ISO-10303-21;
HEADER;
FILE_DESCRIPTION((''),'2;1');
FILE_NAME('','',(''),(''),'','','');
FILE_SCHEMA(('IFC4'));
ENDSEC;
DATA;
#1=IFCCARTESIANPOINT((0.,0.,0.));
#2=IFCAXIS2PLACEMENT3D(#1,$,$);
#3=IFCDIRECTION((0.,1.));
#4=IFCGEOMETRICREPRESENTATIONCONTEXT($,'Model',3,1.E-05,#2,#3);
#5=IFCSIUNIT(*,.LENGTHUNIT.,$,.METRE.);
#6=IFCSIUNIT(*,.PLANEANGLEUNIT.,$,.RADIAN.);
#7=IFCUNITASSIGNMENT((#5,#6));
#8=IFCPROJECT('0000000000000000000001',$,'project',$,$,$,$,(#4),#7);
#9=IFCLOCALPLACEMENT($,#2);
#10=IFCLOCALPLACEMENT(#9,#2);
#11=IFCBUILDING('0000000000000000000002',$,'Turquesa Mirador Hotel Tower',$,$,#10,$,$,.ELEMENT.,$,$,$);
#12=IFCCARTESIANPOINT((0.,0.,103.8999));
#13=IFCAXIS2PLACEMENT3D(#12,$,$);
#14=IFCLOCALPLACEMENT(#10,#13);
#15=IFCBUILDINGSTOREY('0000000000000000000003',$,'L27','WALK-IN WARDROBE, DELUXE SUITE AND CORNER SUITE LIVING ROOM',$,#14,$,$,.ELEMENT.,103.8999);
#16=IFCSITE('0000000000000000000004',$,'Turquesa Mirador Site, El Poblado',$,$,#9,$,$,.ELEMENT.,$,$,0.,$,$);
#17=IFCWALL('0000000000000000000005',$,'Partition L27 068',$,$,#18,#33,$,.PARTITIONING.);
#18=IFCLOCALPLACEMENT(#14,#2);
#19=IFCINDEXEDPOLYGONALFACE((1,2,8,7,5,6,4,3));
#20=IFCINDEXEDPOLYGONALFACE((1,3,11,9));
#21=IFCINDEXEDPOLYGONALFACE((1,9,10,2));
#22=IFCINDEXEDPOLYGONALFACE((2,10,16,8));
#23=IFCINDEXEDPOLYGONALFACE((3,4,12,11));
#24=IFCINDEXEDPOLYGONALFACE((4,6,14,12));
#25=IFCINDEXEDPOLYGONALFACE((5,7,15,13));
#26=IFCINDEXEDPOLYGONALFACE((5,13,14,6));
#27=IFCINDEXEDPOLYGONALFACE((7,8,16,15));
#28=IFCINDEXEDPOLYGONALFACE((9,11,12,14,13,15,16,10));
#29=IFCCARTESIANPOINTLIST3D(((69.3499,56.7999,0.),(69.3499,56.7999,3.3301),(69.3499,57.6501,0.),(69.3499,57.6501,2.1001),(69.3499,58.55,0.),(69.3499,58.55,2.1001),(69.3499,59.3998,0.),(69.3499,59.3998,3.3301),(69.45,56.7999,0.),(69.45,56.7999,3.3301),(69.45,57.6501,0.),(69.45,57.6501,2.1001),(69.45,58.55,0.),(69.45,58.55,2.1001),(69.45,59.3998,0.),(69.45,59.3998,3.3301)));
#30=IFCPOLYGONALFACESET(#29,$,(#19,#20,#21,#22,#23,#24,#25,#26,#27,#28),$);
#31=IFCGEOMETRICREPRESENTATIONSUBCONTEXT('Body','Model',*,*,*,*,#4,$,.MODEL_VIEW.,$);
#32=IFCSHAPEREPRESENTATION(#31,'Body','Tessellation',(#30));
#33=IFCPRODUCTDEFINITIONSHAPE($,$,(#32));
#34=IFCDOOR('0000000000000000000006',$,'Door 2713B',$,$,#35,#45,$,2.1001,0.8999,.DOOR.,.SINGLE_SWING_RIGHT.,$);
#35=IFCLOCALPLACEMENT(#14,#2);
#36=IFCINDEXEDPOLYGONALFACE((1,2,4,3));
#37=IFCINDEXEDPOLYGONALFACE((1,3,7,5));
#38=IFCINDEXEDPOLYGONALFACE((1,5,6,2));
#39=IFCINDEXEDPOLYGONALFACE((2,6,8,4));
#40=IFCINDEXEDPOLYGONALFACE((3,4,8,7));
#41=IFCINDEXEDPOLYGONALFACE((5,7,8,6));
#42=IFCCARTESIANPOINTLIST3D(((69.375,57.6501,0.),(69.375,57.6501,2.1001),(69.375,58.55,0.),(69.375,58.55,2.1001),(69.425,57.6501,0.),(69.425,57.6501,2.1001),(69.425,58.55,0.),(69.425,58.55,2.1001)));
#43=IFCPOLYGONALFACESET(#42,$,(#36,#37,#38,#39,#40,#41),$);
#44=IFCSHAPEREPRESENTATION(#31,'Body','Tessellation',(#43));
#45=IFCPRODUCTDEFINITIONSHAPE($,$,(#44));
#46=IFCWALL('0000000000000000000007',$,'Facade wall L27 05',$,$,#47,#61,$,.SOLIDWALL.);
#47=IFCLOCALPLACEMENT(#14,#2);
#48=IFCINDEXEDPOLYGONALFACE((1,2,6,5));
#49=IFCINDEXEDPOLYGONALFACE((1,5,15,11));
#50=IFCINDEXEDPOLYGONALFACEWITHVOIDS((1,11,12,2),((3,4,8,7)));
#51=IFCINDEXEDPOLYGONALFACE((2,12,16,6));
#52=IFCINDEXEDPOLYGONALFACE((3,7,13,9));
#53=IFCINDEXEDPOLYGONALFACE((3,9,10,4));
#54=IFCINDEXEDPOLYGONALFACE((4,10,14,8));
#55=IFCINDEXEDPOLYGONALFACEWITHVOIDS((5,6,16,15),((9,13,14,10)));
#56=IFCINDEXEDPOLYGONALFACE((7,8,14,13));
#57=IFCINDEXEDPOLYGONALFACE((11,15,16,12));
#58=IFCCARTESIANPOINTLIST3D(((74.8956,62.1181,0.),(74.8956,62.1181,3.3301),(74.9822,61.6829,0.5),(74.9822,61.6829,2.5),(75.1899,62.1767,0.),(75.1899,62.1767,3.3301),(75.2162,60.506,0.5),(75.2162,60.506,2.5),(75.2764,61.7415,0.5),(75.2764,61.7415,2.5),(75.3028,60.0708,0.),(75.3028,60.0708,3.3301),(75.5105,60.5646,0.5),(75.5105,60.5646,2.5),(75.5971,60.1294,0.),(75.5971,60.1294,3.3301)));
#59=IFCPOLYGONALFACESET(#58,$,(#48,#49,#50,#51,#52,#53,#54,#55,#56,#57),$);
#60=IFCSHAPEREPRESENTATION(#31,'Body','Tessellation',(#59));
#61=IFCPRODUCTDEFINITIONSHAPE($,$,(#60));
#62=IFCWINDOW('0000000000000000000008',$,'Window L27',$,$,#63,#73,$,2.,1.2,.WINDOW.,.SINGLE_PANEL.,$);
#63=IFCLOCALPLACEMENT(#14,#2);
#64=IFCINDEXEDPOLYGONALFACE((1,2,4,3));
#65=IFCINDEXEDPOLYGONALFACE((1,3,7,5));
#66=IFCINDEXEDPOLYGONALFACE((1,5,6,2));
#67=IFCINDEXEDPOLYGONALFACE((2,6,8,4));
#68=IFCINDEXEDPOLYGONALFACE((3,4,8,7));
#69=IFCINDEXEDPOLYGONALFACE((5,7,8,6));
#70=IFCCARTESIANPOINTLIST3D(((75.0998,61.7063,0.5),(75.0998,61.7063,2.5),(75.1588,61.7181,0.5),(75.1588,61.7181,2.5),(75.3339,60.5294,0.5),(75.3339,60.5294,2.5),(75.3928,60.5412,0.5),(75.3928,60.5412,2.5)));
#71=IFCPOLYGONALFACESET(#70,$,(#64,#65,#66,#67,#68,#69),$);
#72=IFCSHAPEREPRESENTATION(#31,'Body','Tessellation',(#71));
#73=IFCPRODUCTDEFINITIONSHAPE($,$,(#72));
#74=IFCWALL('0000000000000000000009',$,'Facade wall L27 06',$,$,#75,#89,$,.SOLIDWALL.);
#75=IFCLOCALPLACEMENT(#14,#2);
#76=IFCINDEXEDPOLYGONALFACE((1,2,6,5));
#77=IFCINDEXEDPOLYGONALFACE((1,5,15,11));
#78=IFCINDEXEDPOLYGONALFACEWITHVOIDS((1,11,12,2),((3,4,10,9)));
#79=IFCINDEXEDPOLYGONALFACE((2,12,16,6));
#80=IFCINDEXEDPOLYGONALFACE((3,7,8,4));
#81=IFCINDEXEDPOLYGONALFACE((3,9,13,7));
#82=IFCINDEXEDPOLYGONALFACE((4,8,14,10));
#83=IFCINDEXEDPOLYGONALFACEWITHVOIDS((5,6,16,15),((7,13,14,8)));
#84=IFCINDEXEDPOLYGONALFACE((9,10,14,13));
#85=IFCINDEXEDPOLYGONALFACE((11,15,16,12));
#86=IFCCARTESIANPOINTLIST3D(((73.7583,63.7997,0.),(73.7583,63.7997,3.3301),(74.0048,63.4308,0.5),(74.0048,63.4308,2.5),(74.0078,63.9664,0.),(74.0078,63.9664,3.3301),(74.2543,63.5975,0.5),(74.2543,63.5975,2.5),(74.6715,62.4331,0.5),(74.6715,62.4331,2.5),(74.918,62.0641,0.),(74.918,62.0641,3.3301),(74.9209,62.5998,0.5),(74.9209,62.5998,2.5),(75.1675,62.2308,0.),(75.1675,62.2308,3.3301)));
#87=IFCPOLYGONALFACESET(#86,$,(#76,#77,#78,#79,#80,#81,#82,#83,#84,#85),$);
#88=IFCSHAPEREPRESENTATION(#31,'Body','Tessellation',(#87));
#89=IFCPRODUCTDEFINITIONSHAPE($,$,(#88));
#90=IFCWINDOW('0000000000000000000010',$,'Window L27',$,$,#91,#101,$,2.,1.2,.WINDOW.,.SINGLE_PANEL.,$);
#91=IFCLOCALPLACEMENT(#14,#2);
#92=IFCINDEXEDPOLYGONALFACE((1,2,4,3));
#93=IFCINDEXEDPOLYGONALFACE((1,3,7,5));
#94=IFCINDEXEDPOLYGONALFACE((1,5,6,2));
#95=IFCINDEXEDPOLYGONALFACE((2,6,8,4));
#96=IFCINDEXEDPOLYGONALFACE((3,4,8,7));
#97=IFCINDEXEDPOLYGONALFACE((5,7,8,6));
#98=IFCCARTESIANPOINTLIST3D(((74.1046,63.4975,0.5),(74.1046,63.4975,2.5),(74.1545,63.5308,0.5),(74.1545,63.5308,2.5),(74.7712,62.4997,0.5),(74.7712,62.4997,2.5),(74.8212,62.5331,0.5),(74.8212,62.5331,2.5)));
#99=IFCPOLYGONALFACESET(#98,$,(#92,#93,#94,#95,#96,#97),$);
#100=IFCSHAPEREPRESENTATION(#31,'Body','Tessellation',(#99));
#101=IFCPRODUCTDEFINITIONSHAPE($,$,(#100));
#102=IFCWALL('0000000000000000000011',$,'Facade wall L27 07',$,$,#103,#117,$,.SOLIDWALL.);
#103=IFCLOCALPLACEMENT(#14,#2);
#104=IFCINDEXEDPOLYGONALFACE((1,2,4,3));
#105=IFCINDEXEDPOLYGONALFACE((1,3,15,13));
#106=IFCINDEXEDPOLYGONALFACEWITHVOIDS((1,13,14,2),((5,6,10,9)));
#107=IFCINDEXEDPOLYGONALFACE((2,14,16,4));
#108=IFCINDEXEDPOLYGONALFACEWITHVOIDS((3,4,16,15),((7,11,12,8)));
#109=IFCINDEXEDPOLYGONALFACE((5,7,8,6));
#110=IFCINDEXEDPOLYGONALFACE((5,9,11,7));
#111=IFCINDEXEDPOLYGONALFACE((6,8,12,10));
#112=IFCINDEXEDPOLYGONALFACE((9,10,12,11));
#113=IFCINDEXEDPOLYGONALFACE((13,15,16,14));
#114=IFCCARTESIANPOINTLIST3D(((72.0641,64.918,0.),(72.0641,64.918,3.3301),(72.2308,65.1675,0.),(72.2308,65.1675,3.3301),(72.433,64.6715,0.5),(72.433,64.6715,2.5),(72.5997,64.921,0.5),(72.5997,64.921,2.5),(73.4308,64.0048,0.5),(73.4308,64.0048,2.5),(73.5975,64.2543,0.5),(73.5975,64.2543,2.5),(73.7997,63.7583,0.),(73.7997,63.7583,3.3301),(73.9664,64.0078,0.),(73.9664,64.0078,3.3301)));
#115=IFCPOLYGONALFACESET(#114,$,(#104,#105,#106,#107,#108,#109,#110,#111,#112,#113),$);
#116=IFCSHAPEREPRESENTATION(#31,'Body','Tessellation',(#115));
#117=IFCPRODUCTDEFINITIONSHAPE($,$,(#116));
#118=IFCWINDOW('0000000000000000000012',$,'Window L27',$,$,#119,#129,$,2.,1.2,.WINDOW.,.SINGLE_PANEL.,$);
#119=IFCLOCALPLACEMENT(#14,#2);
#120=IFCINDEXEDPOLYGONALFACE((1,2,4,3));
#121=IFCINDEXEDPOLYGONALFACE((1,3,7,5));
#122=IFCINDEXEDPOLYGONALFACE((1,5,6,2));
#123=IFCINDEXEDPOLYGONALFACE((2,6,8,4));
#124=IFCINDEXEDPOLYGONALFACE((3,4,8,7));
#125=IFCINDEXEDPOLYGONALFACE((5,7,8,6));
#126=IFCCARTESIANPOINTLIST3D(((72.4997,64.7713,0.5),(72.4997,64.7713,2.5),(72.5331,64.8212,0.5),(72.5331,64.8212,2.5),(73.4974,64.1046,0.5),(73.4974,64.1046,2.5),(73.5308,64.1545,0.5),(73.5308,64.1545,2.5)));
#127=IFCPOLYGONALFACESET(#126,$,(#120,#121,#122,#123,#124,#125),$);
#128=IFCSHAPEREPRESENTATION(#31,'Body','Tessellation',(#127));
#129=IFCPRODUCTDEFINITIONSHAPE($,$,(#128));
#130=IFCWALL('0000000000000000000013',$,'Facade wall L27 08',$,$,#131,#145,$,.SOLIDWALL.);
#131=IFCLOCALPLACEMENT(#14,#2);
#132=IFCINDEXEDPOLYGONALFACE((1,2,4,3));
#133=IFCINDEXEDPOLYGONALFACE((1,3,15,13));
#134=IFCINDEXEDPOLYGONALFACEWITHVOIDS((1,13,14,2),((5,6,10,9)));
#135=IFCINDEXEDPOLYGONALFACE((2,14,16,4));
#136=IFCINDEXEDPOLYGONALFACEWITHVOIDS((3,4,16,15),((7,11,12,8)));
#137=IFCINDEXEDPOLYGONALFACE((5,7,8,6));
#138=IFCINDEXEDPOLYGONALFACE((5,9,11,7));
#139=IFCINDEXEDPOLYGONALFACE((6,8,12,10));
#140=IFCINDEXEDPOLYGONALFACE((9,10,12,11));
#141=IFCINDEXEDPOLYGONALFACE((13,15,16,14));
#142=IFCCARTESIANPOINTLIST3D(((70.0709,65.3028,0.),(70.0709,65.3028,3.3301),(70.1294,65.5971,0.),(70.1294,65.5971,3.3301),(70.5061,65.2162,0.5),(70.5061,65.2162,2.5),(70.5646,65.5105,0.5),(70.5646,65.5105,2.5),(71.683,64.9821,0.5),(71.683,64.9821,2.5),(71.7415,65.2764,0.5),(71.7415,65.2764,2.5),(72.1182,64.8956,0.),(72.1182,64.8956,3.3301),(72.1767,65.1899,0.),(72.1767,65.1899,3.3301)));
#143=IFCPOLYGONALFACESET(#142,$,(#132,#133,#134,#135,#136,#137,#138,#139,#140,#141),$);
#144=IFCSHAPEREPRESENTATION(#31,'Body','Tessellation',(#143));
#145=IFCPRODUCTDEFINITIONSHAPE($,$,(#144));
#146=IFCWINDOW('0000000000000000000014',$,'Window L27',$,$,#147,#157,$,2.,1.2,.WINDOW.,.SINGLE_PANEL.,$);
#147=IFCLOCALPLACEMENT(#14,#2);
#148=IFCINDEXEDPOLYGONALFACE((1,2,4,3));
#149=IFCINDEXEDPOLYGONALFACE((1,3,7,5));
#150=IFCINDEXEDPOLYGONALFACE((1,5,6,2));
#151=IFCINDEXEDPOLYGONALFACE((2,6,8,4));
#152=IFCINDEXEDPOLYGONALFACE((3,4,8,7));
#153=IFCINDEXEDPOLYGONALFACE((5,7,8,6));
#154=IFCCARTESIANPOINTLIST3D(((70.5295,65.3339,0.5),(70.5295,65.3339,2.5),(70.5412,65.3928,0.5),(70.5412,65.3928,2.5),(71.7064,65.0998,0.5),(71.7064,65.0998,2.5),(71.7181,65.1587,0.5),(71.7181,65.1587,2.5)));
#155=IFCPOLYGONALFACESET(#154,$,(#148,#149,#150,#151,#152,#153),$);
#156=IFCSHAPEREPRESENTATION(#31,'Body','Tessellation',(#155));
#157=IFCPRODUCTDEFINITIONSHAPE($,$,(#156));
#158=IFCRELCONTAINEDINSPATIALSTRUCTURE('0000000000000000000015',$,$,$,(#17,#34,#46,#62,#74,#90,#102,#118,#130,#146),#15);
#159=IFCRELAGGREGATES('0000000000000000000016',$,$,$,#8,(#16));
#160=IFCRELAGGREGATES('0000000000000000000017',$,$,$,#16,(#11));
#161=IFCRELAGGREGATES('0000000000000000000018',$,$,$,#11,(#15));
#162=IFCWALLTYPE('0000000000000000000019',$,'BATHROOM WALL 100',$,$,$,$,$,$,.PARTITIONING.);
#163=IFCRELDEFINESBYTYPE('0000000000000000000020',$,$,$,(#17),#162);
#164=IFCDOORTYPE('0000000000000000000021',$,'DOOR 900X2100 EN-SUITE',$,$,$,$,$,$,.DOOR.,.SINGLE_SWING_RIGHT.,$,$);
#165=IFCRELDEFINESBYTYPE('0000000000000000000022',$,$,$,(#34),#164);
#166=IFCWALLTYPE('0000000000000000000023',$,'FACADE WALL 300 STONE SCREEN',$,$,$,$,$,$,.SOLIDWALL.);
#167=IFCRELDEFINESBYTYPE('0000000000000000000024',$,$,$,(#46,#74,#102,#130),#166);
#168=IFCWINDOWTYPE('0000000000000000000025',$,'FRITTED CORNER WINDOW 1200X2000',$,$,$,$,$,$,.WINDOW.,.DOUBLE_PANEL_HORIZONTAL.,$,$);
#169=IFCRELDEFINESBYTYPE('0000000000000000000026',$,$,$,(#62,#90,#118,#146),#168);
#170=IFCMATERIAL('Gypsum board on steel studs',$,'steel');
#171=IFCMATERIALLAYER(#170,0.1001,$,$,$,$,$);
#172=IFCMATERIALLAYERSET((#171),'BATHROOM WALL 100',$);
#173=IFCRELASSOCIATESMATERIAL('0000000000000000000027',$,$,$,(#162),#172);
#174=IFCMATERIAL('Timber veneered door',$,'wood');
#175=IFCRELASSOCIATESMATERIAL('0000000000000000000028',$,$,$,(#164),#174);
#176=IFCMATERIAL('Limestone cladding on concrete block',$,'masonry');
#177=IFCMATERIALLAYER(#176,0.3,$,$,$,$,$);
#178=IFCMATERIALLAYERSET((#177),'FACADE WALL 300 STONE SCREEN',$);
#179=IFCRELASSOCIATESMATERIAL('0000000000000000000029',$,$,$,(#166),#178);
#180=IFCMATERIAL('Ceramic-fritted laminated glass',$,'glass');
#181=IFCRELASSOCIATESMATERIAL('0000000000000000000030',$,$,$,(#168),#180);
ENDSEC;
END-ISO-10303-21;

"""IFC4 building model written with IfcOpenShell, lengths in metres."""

from ifc_helpers import new_model, si_unit, direction, frame, frame_2d, origin, place, context, subcontext, project, spatial, rectangle, extrude, material, layer, layer_set, type_object, element, fill, save


model = new_model("IFC4")

# Units and contexts
model_context = context("Model", 3, precision=1e-05, world=origin(), true_north=direction((0.0, 1.0)))
body_context = subcontext(model_context, "Body", "Model", "MODEL_VIEW")
ifc_project = project(units=[si_unit("LENGTHUNIT", "METRE"), si_unit("PLANEANGLEUNIT", "RADIAN")], contexts=[model_context])

# Site, building, storey
site_placement = place(None, origin())
site = spatial("IfcSite", under=ifc_project, at=site_placement, Name="Turquesa Mirador Site, El Poblado", CompositionType="ELEMENT", RefElevation=0.0)
building_placement = place(site_placement, origin())
building = spatial("IfcBuilding", under=site, at=building_placement, Name="Turquesa Mirador Hotel Tower", CompositionType="ELEMENT")
storey_placement = place(building_placement, frame((0.0, 0.0, 103.8999)))
storey = spatial("IfcBuildingStorey", under=building, at=storey_placement, Name="L27", Description="WALK-IN WARDROBE, DELUXE SUITE AND CORNER SUITE LIVING ROOM", CompositionType="ELEMENT", Elevation=103.8999)

# Shared definitions
ifc_material_1 = material(Name="Gypsum board on steel studs", Category="steel")
ifc_layer_1 = layer(ifc_material_1, 0.1001)
ifc_layer_set_1 = layer_set([ifc_layer_1], Name="BATHROOM WALL 100")
wall_type_1 = type_object("IfcWallType", Name="BATHROOM WALL 100", PredefinedType="PARTITIONING", material=ifc_layer_set_1)

# Wall, opening, door
wall_1_placement = place(storey_placement, frame((69.3999, 56.8, 0.0), z_axis=(0.0, 0.0, 1.0), x_axis=(0.0, 1.0, 0.0)))
wall_1 = element("IfcWall", 1, at=wall_1_placement, inside=storey, type_object=wall_type_1, Name="Partition L27 068", PredefinedType="PARTITIONING", context=body_context, shape_type="SweptSolid", body=[
    extrude(rectangle(XDim=2.5999, YDim=0.1001, at=frame_2d((1.2998, 0.0))), origin(), (0.0, 0.0, 1.0), 3.3301),
])
opening_1_placement = place(wall_1_placement, frame((0.8501, 0.0, 0.0)))
opening_1 = element("IfcOpeningElement", 2, at=opening_1_placement, cuts=wall_1, PredefinedType="OPENING", context=body_context, shape_type="SweptSolid", body=[
    extrude(rectangle(XDim=0.8999, YDim=2.1001, at=frame_2d((0.45, 1.05))), frame((0.0, 0.0601, 0.0), z_axis=(0.0, -1.0, 0.0), x_axis=(1.0, 0.0, 0.0)), (0.0, 0.0, 1.0), 0.1201),
])
ifc_material_2 = material(Name="Timber veneered door", Category="wood")
door_type = type_object("IfcDoorType", Name="DOOR 900X2100 EN-SUITE", OperationType="SINGLE_SWING_RIGHT", PredefinedType="DOOR", material=ifc_material_2)
door_placement = place(opening_1_placement, origin())
door = element("IfcDoor", 3, at=door_placement, inside=storey, type_object=door_type, Name="Door 2713B", OperationType="SINGLE_SWING_RIGHT", OverallHeight=2.1001, OverallWidth=0.8999, PredefinedType="DOOR", context=body_context, shape_type="SweptSolid", body=[
    extrude(rectangle(XDim=0.8999, YDim=2.1001, at=frame_2d((0.45, 1.05))), frame((0.0, 0.0249, 0.0), z_axis=(0.0, -1.0, 0.0), x_axis=(1.0, 0.0, 0.0)), (0.0, 0.0, 1.0), 0.05),
])
fill(opening_1, door)

# Walls, openings, windows
ifc_material_3 = material(Name="Limestone cladding on concrete block", Category="masonry")
ifc_layer_2 = layer(ifc_material_3, 0.3)
ifc_layer_set_2 = layer_set([ifc_layer_2], Name="FACADE WALL 300 STONE SCREEN")
wall_type_2 = type_object("IfcWallType", Name="FACADE WALL 300 STONE SCREEN", PredefinedType="SOLIDWALL", material=ifc_layer_set_2)
wall_2_placement = place(storey_placement, frame((75.45, 60.1001, 0.0), z_axis=(0.0, 0.0, 1.0), x_axis=(-0.195081, 0.980787, 0.0)))
wall_2 = element("IfcWall", 4, at=wall_2_placement, inside=storey, type_object=wall_type_2, Name="Facade wall L27 05", PredefinedType="SOLIDWALL", context=body_context, shape_type="SweptSolid", body=[
    extrude(rectangle(XDim=2.0874, YDim=0.3, at=frame_2d((1.0437, 0.0))), origin(), (0.0, 0.0, 1.0), 3.3301),
])
opening_2_placement = place(wall_2_placement, frame((0.4436, 0.0, 0.5)))
opening_2 = element("IfcOpeningElement", 5, at=opening_2_placement, cuts=wall_2, PredefinedType="OPENING", context=body_context, shape_type="SweptSolid", body=[
    extrude(rectangle(XDim=1.2, YDim=2.0, at=frame_2d((0.6001, 1.0))), frame((0.0, 0.1599, 0.0), z_axis=(0.0, -1.0, 0.0), x_axis=(1.0, 0.0, 0.0)), (0.0, 0.0, 1.0), 0.3201),
])
ifc_material_4 = material(Name="Ceramic-fritted laminated glass", Category="glass")
window_type_1 = type_object("IfcWindowType", Name="FRITTED CORNER WINDOW 1200X2000", PartitioningType="DOUBLE_PANEL_HORIZONTAL", PredefinedType="WINDOW", material=ifc_material_4)
window_1_placement = place(opening_2_placement, origin())
window_1 = element("IfcWindow", 6, at=window_1_placement, inside=storey, type_object=window_type_1, Name="Window L27", OverallHeight=2.0, OverallWidth=1.2, PartitioningType="SINGLE_PANEL", PredefinedType="WINDOW", context=body_context, shape_type="SweptSolid", body=[
    extrude(rectangle(XDim=1.2, YDim=2.0, at=frame_2d((0.6001, 1.0))), frame((0.0, 0.03, 0.0), z_axis=(0.0, -1.0, 0.0), x_axis=(1.0, 0.0, 0.0)), (0.0, 0.0, 1.0), 0.0601),
])
fill(opening_2, window_1)
wall_3_placement = place(storey_placement, frame((75.0427, 62.1475, 0.0), z_axis=(0.0, 0.0, 1.0), x_axis=(-0.555564, 0.831474, 0.0)))
wall_3 = element("IfcWall", 7, at=wall_3_placement, inside=storey, type_object=wall_type_2, Name="Facade wall L27 06", PredefinedType="SOLIDWALL", context=body_context, shape_type="SweptSolid", body=[
    extrude(rectangle(XDim=2.0874, YDim=0.3, at=frame_2d((1.0437, 0.0))), origin(), (0.0, 0.0, 1.0), 3.3301),
])
opening_3_placement = place(wall_3_placement, frame((0.4436, 0.0, 0.5)))
opening_3 = element("IfcOpeningElement", 8, at=opening_3_placement, cuts=wall_3, PredefinedType="OPENING", context=body_context, shape_type="SweptSolid", body=[
    extrude(rectangle(XDim=1.2, YDim=2.0, at=frame_2d((0.6001, 1.0))), frame((0.0, 0.1599, 0.0), z_axis=(0.0, -1.0, 0.0), x_axis=(1.0, 0.0, 0.0)), (0.0, 0.0, 1.0), 0.3201),
])
window_2_placement = place(opening_3_placement, origin())
window_2 = element("IfcWindow", 9, at=window_2_placement, inside=storey, type_object=window_type_1, Name="Window L27", OverallHeight=2.0, OverallWidth=1.2, PartitioningType="SINGLE_PANEL", PredefinedType="WINDOW", context=body_context, shape_type="SweptSolid", body=[
    extrude(rectangle(XDim=1.2, YDim=2.0, at=frame_2d((0.6001, 1.0))), frame((0.0, 0.03, 0.0), z_axis=(0.0, -1.0, 0.0), x_axis=(1.0, 0.0, 0.0)), (0.0, 0.0, 1.0), 0.0601),
])
fill(opening_3, window_2)
wall_4_placement = place(storey_placement, frame((73.8831, 63.8831, 0.0), z_axis=(0.0, 0.0, 1.0), x_axis=(-0.831474, 0.555564, 0.0)))
wall_4 = element("IfcWall", 10, at=wall_4_placement, inside=storey, type_object=wall_type_2, Name="Facade wall L27 07", PredefinedType="SOLIDWALL", context=body_context, shape_type="SweptSolid", body=[
    extrude(rectangle(XDim=2.0874, YDim=0.3, at=frame_2d((1.0437, 0.0))), origin(), (0.0, 0.0, 1.0), 3.3301),
])
opening_4_placement = place(wall_4_placement, frame((0.4436, 0.0, 0.5)))
opening_4 = element("IfcOpeningElement", 11, at=opening_4_placement, cuts=wall_4, PredefinedType="OPENING", context=body_context, shape_type="SweptSolid", body=[
    extrude(rectangle(XDim=1.2, YDim=2.0, at=frame_2d((0.6001, 1.0))), frame((0.0, 0.1599, 0.0), z_axis=(0.0, -1.0, 0.0), x_axis=(1.0, 0.0, 0.0)), (0.0, 0.0, 1.0), 0.3201),
])
window_3_placement = place(opening_4_placement, origin())
window_3 = element("IfcWindow", 12, at=window_3_placement, inside=storey, type_object=window_type_1, Name="Window L27", OverallHeight=2.0, OverallWidth=1.2, PartitioningType="SINGLE_PANEL", PredefinedType="WINDOW", context=body_context, shape_type="SweptSolid", body=[
    extrude(rectangle(XDim=1.2, YDim=2.0, at=frame_2d((0.6001, 1.0))), frame((0.0, 0.03, 0.0), z_axis=(0.0, -1.0, 0.0), x_axis=(1.0, 0.0, 0.0)), (0.0, 0.0, 1.0), 0.0601),
])
fill(opening_4, window_3)
wall_5_placement = place(storey_placement, frame((72.1475, 65.0427, 0.0), z_axis=(0.0, 0.0, 1.0), x_axis=(-0.980787, 0.195081, 0.0)))
wall_5 = element("IfcWall", 13, at=wall_5_placement, inside=storey, type_object=wall_type_2, Name="Facade wall L27 08", PredefinedType="SOLIDWALL", context=body_context, shape_type="SweptSolid", body=[
    extrude(rectangle(XDim=2.0874, YDim=0.3, at=frame_2d((1.0437, 0.0))), origin(), (0.0, 0.0, 1.0), 3.3301),
])
opening_5_placement = place(wall_5_placement, frame((0.4436, 0.0, 0.5)))
opening_5 = element("IfcOpeningElement", 14, at=opening_5_placement, cuts=wall_5, PredefinedType="OPENING", context=body_context, shape_type="SweptSolid", body=[
    extrude(rectangle(XDim=1.2, YDim=2.0, at=frame_2d((0.6001, 1.0))), frame((0.0, 0.1599, 0.0), z_axis=(0.0, -1.0, 0.0), x_axis=(1.0, 0.0, 0.0)), (0.0, 0.0, 1.0), 0.3201),
])
window_4_placement = place(opening_5_placement, origin())
window_4 = element("IfcWindow", 15, at=window_4_placement, inside=storey, type_object=window_type_1, Name="Window L27", OverallHeight=2.0, OverallWidth=1.2, PartitioningType="SINGLE_PANEL", PredefinedType="WINDOW", context=body_context, shape_type="SweptSolid", body=[
    extrude(rectangle(XDim=1.2, YDim=2.0, at=frame_2d((0.6001, 1.0))), frame((0.0, 0.03, 0.0), z_axis=(0.0, -1.0, 0.0), x_axis=(1.0, 0.0, 0.0)), (0.0, 0.0, 1.0), 0.0601),
])
fill(opening_5, window_4)

save(model, "model.ifc")
